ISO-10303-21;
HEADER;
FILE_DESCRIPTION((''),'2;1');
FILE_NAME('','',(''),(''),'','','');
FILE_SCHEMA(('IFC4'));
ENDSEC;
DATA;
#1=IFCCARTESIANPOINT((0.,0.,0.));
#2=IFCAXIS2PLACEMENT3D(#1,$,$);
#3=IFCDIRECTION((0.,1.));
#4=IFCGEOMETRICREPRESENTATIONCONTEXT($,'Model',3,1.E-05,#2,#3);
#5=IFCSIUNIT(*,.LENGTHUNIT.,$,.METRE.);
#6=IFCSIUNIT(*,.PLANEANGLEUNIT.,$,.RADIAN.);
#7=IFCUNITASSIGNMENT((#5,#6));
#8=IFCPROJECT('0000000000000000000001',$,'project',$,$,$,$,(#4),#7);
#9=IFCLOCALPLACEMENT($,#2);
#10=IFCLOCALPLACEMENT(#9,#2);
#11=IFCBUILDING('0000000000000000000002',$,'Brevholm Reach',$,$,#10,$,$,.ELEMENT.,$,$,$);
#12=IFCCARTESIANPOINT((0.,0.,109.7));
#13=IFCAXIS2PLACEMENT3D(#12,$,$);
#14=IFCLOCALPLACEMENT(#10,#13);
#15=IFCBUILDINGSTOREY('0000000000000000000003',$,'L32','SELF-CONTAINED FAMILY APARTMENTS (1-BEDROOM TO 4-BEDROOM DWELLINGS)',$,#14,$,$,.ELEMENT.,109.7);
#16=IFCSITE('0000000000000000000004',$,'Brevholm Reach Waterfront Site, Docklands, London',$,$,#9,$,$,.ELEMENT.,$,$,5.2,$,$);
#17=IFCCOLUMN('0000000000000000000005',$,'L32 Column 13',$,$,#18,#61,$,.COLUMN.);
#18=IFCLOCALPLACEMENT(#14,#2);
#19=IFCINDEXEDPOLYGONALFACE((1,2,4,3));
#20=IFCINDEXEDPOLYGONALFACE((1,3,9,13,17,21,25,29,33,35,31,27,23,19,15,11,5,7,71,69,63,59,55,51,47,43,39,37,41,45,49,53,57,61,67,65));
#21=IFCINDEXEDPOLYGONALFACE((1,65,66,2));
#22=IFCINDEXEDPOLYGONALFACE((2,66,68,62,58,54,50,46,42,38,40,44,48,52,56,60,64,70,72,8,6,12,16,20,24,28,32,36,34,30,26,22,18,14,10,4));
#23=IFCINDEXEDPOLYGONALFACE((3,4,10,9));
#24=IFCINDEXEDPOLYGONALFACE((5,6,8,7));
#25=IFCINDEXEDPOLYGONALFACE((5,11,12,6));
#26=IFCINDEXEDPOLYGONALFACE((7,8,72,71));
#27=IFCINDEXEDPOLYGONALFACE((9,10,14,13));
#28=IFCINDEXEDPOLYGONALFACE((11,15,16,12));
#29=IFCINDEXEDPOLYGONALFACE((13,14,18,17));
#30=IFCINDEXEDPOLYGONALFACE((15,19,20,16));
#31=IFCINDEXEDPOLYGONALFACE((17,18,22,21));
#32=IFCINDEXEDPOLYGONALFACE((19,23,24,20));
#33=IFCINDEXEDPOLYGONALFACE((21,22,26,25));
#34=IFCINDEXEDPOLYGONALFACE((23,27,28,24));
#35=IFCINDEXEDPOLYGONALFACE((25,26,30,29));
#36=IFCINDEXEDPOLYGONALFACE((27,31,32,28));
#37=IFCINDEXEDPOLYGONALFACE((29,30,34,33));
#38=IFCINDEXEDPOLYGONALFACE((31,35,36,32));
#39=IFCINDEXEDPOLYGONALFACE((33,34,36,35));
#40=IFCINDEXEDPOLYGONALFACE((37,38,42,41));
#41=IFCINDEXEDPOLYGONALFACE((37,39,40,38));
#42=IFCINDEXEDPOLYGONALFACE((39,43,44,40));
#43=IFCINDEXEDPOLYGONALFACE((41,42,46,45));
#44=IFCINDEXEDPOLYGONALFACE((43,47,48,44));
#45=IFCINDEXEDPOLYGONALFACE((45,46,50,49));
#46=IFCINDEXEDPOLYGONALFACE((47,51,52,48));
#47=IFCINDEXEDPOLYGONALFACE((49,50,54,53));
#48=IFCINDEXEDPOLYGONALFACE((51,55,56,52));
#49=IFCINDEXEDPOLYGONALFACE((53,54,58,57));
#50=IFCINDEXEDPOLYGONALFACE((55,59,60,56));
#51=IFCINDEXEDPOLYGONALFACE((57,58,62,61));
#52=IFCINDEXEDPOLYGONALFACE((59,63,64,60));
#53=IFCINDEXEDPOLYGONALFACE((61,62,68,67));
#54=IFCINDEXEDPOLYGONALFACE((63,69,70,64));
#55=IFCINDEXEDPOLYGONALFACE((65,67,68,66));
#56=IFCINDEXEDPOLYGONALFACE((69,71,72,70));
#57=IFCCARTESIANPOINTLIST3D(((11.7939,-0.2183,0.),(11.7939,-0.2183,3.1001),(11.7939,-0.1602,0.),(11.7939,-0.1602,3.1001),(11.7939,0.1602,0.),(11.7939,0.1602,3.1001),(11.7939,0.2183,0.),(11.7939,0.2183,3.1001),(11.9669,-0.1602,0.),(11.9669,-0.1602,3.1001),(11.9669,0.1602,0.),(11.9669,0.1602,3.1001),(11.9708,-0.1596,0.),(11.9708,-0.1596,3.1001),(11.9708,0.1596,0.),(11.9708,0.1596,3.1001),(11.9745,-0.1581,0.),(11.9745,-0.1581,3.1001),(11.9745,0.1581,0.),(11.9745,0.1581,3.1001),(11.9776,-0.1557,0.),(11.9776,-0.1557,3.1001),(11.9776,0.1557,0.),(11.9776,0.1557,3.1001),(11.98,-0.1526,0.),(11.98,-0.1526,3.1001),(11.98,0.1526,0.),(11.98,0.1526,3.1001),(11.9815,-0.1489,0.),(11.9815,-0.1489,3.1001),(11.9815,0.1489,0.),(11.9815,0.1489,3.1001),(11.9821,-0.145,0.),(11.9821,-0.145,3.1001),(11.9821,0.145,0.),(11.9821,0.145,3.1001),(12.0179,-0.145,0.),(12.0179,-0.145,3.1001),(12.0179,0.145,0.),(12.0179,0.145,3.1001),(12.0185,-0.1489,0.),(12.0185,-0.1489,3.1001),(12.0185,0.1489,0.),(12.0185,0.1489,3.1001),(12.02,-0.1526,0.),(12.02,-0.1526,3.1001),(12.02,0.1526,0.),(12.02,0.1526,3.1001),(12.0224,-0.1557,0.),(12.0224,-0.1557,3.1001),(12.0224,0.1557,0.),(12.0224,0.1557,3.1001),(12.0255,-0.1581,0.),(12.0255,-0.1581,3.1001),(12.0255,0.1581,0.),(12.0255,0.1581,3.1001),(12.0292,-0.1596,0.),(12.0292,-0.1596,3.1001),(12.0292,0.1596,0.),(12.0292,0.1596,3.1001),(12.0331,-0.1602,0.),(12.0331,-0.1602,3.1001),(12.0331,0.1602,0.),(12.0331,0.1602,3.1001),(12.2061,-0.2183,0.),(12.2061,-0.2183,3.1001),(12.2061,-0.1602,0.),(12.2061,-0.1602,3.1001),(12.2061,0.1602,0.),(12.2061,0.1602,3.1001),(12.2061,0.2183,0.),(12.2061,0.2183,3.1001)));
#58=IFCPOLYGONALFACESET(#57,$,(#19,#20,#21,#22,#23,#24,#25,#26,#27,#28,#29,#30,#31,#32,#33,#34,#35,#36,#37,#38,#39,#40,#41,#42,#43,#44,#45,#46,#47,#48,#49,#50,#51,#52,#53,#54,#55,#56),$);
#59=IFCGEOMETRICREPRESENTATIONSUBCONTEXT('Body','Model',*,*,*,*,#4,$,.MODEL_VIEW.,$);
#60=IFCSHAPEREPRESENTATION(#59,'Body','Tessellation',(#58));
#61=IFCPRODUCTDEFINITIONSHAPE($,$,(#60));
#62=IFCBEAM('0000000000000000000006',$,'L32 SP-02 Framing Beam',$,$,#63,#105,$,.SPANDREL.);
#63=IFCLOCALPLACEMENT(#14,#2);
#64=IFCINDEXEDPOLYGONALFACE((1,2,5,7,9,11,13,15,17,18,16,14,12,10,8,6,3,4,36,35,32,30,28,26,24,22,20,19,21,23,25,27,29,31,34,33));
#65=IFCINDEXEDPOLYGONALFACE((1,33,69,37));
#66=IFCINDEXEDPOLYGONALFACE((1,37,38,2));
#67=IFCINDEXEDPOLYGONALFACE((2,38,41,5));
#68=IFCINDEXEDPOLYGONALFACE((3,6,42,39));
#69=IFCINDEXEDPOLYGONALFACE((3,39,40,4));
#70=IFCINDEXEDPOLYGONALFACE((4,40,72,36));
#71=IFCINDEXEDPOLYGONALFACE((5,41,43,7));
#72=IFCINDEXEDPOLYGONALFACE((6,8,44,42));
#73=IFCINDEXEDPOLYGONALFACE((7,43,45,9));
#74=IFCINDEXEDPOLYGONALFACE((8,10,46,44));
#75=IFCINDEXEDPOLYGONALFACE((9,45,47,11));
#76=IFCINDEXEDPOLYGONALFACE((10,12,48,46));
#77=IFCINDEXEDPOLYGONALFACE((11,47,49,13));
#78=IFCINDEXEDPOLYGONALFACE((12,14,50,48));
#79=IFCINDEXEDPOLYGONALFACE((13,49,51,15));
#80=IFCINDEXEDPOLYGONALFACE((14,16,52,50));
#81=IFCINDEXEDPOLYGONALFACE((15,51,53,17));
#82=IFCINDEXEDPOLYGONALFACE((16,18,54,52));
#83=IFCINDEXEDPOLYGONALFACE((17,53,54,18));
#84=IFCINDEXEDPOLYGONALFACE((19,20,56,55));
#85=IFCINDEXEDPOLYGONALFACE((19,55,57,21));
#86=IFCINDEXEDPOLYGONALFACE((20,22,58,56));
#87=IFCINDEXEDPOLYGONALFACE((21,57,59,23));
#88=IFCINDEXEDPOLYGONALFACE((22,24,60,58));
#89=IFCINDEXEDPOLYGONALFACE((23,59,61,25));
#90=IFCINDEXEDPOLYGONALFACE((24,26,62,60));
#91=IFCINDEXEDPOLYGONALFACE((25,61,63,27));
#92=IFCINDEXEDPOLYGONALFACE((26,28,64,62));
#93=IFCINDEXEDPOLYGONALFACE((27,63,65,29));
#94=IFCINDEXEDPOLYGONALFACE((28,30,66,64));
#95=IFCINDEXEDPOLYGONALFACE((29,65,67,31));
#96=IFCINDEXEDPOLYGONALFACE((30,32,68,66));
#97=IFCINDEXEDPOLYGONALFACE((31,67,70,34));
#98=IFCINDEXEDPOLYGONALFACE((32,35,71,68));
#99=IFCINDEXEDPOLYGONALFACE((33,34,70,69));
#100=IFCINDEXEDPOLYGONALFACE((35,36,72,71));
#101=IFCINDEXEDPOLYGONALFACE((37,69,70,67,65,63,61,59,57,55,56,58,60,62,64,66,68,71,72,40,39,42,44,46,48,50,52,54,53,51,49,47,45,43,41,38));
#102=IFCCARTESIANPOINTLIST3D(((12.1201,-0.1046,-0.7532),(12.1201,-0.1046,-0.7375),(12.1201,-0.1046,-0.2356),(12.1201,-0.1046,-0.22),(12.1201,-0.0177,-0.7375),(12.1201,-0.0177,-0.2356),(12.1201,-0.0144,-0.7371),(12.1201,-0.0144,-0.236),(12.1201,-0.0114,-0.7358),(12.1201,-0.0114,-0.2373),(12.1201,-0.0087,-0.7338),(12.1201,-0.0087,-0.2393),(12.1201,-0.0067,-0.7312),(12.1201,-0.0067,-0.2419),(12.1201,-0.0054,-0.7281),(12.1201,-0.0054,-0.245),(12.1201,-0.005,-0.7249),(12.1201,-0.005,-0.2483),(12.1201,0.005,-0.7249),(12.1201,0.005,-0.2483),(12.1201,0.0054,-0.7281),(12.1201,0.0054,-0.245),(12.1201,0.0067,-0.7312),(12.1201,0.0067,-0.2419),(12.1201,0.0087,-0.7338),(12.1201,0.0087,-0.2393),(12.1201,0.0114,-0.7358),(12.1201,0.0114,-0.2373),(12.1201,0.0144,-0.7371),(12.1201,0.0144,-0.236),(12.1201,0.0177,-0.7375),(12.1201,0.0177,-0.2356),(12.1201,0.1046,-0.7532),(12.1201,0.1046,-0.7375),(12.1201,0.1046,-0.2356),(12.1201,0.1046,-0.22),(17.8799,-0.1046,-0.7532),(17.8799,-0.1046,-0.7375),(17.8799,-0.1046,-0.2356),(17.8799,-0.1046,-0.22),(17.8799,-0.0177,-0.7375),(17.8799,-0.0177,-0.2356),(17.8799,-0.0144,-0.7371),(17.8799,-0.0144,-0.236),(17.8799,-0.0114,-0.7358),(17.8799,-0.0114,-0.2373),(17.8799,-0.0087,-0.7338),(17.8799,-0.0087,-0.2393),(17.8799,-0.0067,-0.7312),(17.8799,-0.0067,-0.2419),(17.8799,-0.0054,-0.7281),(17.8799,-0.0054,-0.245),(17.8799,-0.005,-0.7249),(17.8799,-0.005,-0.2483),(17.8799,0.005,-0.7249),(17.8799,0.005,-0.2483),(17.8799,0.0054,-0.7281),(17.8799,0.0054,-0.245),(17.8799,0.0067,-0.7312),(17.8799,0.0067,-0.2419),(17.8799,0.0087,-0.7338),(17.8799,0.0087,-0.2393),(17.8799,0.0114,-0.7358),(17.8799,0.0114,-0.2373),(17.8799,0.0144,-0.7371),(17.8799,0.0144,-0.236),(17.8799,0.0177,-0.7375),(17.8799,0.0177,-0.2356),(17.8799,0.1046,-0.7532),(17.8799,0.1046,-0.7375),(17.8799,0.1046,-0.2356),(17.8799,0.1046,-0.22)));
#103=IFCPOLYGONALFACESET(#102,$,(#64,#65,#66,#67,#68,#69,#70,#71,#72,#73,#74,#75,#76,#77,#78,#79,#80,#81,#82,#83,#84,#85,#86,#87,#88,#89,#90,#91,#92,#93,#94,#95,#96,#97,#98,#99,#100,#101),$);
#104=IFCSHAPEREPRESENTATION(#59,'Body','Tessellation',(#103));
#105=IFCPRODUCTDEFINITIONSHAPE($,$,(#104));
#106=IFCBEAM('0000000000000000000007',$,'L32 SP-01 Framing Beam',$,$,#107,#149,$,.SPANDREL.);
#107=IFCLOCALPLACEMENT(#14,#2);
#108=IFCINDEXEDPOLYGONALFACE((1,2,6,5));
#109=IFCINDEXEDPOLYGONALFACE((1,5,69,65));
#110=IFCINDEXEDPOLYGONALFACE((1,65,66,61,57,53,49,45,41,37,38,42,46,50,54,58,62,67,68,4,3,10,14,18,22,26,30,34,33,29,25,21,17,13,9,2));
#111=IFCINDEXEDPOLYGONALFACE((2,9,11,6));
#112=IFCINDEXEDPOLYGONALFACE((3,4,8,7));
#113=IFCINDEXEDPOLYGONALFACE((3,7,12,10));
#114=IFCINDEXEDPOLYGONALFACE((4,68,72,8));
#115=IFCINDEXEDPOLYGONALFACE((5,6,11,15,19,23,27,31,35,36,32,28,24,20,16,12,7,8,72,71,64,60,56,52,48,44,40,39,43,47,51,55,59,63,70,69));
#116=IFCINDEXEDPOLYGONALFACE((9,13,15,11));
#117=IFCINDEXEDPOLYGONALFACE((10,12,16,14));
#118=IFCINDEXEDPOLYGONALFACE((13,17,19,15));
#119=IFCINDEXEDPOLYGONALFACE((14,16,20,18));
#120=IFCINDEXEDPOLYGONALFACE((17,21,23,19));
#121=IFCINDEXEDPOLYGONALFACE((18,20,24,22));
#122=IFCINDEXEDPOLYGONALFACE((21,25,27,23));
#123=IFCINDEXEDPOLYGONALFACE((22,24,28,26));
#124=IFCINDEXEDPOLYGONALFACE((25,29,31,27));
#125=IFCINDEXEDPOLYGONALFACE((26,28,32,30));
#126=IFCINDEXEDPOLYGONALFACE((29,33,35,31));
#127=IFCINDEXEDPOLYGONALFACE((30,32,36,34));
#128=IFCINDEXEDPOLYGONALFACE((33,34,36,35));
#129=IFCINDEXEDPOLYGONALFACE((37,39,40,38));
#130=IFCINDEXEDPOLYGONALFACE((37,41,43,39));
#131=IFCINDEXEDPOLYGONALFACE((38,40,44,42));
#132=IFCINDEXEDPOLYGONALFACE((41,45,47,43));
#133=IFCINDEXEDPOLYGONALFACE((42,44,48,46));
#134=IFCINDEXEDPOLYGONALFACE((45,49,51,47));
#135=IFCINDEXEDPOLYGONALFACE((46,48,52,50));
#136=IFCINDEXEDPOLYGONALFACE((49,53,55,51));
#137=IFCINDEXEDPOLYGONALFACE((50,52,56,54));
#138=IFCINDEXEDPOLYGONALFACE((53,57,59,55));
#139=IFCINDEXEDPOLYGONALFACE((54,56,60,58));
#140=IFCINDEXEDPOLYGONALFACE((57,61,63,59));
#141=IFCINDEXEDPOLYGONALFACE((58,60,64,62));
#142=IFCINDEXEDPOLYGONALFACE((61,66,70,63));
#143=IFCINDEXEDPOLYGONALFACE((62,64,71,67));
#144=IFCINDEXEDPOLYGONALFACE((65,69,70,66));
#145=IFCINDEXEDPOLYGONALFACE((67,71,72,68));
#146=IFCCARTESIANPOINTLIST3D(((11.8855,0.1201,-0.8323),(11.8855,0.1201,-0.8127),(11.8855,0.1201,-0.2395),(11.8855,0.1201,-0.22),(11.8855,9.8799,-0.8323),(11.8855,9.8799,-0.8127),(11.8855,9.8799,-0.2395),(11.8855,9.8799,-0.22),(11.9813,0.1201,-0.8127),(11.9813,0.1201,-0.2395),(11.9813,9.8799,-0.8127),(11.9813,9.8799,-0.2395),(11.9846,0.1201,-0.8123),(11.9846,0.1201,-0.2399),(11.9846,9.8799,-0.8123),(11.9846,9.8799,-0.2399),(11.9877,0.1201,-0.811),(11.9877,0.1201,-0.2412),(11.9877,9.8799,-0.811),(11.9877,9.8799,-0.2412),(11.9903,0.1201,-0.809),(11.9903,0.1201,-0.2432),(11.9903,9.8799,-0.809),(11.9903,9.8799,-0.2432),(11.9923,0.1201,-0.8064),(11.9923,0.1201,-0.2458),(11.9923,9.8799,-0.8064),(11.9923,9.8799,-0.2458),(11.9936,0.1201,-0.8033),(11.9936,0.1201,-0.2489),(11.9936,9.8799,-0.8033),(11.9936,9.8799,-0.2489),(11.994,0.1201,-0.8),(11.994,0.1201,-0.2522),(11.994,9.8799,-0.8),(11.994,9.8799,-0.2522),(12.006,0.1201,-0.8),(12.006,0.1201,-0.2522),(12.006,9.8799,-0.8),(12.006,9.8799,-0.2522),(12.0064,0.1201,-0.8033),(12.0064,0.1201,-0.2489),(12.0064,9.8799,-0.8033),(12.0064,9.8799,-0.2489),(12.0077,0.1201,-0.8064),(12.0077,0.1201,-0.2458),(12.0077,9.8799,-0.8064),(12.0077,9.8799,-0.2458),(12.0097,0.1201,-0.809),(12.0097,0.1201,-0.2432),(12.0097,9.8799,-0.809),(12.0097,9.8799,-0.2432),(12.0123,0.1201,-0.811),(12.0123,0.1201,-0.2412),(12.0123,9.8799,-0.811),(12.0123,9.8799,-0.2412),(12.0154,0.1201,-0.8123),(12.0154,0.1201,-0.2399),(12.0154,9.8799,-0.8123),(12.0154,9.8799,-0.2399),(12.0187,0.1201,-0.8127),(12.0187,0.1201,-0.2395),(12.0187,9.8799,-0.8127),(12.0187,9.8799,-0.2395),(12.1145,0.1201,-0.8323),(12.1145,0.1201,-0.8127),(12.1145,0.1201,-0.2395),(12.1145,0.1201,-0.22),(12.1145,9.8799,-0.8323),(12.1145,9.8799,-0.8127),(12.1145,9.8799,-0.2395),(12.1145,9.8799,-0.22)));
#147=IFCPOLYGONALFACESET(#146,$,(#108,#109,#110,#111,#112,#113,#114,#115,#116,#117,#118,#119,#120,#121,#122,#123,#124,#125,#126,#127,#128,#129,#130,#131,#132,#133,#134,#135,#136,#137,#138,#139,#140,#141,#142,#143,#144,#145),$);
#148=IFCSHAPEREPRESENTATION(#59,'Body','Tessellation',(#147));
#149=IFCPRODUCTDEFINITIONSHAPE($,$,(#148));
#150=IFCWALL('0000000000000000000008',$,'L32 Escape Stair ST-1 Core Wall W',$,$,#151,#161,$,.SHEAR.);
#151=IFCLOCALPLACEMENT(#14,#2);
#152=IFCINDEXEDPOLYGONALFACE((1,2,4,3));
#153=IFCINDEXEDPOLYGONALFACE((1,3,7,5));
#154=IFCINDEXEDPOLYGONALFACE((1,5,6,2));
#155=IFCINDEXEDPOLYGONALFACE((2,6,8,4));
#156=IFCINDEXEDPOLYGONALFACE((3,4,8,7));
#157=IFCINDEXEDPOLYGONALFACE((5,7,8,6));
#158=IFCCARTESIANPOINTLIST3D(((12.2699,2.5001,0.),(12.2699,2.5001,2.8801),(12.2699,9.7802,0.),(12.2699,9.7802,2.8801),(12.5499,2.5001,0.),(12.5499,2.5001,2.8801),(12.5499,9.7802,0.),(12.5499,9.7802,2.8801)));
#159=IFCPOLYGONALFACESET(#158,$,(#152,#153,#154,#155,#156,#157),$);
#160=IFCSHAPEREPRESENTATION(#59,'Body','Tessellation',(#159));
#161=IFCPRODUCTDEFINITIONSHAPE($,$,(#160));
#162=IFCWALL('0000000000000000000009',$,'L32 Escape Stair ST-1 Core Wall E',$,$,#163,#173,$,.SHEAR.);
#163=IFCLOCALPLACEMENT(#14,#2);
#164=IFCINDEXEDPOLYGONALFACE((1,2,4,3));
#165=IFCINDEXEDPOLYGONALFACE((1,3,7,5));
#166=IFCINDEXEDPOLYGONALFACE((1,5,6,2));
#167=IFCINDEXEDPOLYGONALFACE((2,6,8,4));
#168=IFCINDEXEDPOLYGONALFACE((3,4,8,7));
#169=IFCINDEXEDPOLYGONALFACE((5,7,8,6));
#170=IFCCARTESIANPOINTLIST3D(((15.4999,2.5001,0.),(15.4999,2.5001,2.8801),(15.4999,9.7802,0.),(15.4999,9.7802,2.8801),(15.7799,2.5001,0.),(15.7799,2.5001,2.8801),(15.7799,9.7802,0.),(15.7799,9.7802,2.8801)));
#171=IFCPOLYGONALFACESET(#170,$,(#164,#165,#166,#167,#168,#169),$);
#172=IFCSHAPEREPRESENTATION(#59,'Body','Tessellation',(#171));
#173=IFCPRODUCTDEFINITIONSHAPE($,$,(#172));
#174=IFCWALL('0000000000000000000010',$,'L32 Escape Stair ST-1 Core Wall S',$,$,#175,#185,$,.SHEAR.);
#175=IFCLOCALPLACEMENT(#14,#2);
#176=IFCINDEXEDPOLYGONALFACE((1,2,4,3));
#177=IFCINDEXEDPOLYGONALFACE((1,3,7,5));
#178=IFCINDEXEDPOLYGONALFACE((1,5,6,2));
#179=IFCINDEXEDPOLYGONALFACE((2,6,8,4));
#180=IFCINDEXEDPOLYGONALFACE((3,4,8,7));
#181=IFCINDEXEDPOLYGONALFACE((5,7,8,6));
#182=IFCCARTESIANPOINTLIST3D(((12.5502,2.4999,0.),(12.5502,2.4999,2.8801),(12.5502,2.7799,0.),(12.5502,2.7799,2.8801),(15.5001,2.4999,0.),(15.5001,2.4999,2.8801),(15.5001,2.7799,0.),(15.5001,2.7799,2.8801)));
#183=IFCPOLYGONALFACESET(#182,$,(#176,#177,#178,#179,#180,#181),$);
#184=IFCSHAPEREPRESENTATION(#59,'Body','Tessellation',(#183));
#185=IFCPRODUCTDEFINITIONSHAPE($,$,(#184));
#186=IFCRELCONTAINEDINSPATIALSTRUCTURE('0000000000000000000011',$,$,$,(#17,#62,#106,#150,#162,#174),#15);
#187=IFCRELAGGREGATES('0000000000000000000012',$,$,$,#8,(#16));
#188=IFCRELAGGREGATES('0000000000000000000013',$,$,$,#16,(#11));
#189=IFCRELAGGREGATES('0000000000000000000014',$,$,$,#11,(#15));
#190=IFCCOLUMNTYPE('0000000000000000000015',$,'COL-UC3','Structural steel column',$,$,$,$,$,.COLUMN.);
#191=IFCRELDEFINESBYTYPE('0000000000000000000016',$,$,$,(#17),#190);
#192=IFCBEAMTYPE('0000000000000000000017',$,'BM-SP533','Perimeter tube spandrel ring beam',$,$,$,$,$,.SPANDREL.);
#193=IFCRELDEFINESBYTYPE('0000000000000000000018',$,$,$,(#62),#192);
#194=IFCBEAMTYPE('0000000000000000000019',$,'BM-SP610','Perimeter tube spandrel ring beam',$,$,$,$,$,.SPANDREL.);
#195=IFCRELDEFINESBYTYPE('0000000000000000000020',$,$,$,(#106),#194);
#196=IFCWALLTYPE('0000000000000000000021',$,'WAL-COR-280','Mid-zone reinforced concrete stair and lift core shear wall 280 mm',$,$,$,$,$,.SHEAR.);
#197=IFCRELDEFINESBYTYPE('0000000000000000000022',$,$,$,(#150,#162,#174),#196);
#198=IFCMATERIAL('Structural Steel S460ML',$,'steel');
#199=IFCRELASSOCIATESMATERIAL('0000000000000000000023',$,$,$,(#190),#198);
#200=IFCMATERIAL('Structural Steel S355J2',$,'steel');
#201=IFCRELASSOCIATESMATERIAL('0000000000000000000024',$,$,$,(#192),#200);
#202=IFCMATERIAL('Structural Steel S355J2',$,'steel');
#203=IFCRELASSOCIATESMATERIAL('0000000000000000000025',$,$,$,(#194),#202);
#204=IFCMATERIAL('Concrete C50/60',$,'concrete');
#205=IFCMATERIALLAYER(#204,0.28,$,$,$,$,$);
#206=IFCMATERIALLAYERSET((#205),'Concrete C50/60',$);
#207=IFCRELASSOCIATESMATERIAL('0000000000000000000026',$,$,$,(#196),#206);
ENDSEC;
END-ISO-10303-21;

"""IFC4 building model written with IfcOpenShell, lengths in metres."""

from ifc_helpers import new_model, si_unit, direction, frame, frame_2d, origin, origin_2d, place, context, subcontext, project, spatial, rectangle, i_section, extrude, material, layer, layer_set, material_profile, profile_set, type_object, element, save


model = new_model("IFC4")

# Units and contexts
model_context = context("Model", 3, precision=1e-05, world=origin(), true_north=direction((0.0, 1.0)))
body_context = subcontext(model_context, "Body", "Model", "MODEL_VIEW")
ifc_project = project(units=[si_unit("LENGTHUNIT", "METRE"), si_unit("PLANEANGLEUNIT", "RADIAN")], contexts=[model_context])

# Site, building, storey
site_placement = place(None, origin())
site = spatial("IfcSite", under=ifc_project, at=site_placement, Name="Brevholm Reach Waterfront Site, Docklands, London", CompositionType="ELEMENT", RefElevation=5.2)
building_placement = place(site_placement, origin())
building = spatial("IfcBuilding", under=site, at=building_placement, Name="Brevholm Reach", CompositionType="ELEMENT")
storey_placement = place(building_placement, frame((0.0, 0.0, 109.7)))
storey = spatial("IfcBuildingStorey", under=building, at=storey_placement, Name="L32", Description="SELF-CONTAINED FAMILY APARTMENTS (1-BEDROOM TO 4-BEDROOM DWELLINGS)", CompositionType="ELEMENT", Elevation=109.7)

# Column
ifc_material_1 = material(Name="Structural Steel S460ML", Category="steel")
ifc_material_profile_1 = material_profile(ifc_material_1, i_section(OverallWidth=0.4121, OverallDepth=0.4365, WebThickness=0.0359, FlangeThickness=0.0581, FilletRadius=0.0151, at=origin_2d()), Name="UKC 356x406x467")
ifc_profile_set_1 = profile_set([ifc_material_profile_1], Name="Structural Steel S460ML")
column_type = type_object("IfcColumnType", Name="COL-UC3", Description="Structural steel column", PredefinedType="COLUMN", material=ifc_profile_set_1)
column_placement = place(storey_placement, frame((12.0, 0.0, 0.0), z_axis=(0.0, 0.0, 1.0), x_axis=(1.0, 0.0, 0.0)))
element("IfcColumn", 1, at=column_placement, inside=storey, type_object=column_type, Name="L32 Column 13", PredefinedType="COLUMN", context=body_context, shape_type="SweptSolid", body=[
    extrude(i_section(OverallWidth=0.4121, OverallDepth=0.4365, WebThickness=0.0359, FlangeThickness=0.0581, FilletRadius=0.0151, at=origin_2d()), origin(), (0.0, 0.0, 1.0), 3.1001),
])

# Beams
ifc_material_2 = material(Name="Structural Steel S355J2", Category="steel")
ifc_material_profile_2 = material_profile(ifc_material_2, i_section(OverallWidth=0.2092, OverallDepth=0.5332, WebThickness=0.01, FlangeThickness=0.0156, FilletRadius=0.0127, at=origin_2d()), Name="UKB 533x210x92")
ifc_profile_set_2 = profile_set([ifc_material_profile_2], Name="Structural Steel S355J2")
beam_type_1 = type_object("IfcBeamType", Name="BM-SP533", Description="Perimeter tube spandrel ring beam", PredefinedType="SPANDREL", material=ifc_profile_set_2)
beam_1_placement = place(storey_placement, frame((12.1201, 0.0, -0.4866), z_axis=(1.0, 0.0, 0.0), x_axis=(0.0, 1.0, 0.0)))
element("IfcBeam", 2, at=beam_1_placement, inside=storey, type_object=beam_type_1, Name="L32 SP-02 Framing Beam", PredefinedType="SPANDREL", context=body_context, shape_type="SweptSolid", body=[
    extrude(i_section(OverallWidth=0.2092, OverallDepth=0.5332, WebThickness=0.01, FlangeThickness=0.0156, FilletRadius=0.0127, at=origin_2d()), origin(), (0.0, 0.0, 1.0), 5.7598),
])
ifc_material_3 = material(Name="Structural Steel S355J2", Category="steel")
ifc_material_profile_3 = material_profile(ifc_material_3, i_section(OverallWidth=0.229, OverallDepth=0.6123, WebThickness=0.012, FlangeThickness=0.0195, FilletRadius=0.0127, at=origin_2d()), Name="UKB 610x229x125")
ifc_profile_set_3 = profile_set([ifc_material_profile_3], Name="Structural Steel S355J2")
beam_type_2 = type_object("IfcBeamType", Name="BM-SP610", Description="Perimeter tube spandrel ring beam", PredefinedType="SPANDREL", material=ifc_profile_set_3)
beam_2_placement = place(storey_placement, frame((12.0, 0.1201, -0.5261), z_axis=(0.0, 1.0, 0.0), x_axis=(-1.0, 0.0, 0.0)))
element("IfcBeam", 3, at=beam_2_placement, inside=storey, type_object=beam_type_2, Name="L32 SP-01 Framing Beam", PredefinedType="SPANDREL", context=body_context, shape_type="SweptSolid", body=[
    extrude(i_section(OverallWidth=0.229, OverallDepth=0.6123, WebThickness=0.012, FlangeThickness=0.0195, FilletRadius=0.0127, at=origin_2d()), origin(), (0.0, 0.0, 1.0), 9.7598),
])

# Walls
ifc_material_4 = material(Name="Concrete C50/60", Category="concrete")
ifc_layer_1 = layer(ifc_material_4, 0.28)
ifc_layer_set_1 = layer_set([ifc_layer_1], Name="Concrete C50/60")
wall_type_1 = type_object("IfcWallType", Name="WAL-COR-280", Description="Mid-zone reinforced concrete stair and lift core shear wall 280 mm", PredefinedType="SHEAR", material=ifc_layer_set_1)
for number, where, z_axis, x_axis, name in (
    (4, (12.4099, 2.5, 0.0), (0.0, 0.0, 1.0), (0.0, 1.0, 0.0), "L32 Escape Stair ST-1 Core Wall W"),
    (5, (15.6399, 2.5, 0.0), (0.0, 0.0, 1.0), (0.0, 1.0, 0.0), "L32 Escape Stair ST-1 Core Wall E"),
):
    element("IfcWall", number, at=place(storey_placement, frame(where, z_axis=z_axis, x_axis=x_axis)), inside=storey, type_object=wall_type_1, Name=name, PredefinedType="SHEAR", context=body_context, shape_type="SweptSolid", body=[
        extrude(rectangle(XDim=7.28, YDim=0.28, at=frame_2d((3.6401, 0.0))), origin(), (0.0, 0.0, 1.0), 2.8801),
    ])
wall_1_placement = place(storey_placement, frame((12.55, 2.6399, 0.0), z_axis=(0.0, 0.0, 1.0), x_axis=(1.0, 0.0, 0.0)))
element("IfcWall", 6, at=wall_1_placement, inside=storey, type_object=wall_type_1, Name="L32 Escape Stair ST-1 Core Wall S", PredefinedType="SHEAR", context=body_context, shape_type="SweptSolid", body=[
    extrude(rectangle(XDim=2.95, YDim=0.28, at=frame_2d((1.4751, 0.0))), origin(), (0.0, 0.0, 1.0), 2.8801),
])

save(model, "model.ifc")
